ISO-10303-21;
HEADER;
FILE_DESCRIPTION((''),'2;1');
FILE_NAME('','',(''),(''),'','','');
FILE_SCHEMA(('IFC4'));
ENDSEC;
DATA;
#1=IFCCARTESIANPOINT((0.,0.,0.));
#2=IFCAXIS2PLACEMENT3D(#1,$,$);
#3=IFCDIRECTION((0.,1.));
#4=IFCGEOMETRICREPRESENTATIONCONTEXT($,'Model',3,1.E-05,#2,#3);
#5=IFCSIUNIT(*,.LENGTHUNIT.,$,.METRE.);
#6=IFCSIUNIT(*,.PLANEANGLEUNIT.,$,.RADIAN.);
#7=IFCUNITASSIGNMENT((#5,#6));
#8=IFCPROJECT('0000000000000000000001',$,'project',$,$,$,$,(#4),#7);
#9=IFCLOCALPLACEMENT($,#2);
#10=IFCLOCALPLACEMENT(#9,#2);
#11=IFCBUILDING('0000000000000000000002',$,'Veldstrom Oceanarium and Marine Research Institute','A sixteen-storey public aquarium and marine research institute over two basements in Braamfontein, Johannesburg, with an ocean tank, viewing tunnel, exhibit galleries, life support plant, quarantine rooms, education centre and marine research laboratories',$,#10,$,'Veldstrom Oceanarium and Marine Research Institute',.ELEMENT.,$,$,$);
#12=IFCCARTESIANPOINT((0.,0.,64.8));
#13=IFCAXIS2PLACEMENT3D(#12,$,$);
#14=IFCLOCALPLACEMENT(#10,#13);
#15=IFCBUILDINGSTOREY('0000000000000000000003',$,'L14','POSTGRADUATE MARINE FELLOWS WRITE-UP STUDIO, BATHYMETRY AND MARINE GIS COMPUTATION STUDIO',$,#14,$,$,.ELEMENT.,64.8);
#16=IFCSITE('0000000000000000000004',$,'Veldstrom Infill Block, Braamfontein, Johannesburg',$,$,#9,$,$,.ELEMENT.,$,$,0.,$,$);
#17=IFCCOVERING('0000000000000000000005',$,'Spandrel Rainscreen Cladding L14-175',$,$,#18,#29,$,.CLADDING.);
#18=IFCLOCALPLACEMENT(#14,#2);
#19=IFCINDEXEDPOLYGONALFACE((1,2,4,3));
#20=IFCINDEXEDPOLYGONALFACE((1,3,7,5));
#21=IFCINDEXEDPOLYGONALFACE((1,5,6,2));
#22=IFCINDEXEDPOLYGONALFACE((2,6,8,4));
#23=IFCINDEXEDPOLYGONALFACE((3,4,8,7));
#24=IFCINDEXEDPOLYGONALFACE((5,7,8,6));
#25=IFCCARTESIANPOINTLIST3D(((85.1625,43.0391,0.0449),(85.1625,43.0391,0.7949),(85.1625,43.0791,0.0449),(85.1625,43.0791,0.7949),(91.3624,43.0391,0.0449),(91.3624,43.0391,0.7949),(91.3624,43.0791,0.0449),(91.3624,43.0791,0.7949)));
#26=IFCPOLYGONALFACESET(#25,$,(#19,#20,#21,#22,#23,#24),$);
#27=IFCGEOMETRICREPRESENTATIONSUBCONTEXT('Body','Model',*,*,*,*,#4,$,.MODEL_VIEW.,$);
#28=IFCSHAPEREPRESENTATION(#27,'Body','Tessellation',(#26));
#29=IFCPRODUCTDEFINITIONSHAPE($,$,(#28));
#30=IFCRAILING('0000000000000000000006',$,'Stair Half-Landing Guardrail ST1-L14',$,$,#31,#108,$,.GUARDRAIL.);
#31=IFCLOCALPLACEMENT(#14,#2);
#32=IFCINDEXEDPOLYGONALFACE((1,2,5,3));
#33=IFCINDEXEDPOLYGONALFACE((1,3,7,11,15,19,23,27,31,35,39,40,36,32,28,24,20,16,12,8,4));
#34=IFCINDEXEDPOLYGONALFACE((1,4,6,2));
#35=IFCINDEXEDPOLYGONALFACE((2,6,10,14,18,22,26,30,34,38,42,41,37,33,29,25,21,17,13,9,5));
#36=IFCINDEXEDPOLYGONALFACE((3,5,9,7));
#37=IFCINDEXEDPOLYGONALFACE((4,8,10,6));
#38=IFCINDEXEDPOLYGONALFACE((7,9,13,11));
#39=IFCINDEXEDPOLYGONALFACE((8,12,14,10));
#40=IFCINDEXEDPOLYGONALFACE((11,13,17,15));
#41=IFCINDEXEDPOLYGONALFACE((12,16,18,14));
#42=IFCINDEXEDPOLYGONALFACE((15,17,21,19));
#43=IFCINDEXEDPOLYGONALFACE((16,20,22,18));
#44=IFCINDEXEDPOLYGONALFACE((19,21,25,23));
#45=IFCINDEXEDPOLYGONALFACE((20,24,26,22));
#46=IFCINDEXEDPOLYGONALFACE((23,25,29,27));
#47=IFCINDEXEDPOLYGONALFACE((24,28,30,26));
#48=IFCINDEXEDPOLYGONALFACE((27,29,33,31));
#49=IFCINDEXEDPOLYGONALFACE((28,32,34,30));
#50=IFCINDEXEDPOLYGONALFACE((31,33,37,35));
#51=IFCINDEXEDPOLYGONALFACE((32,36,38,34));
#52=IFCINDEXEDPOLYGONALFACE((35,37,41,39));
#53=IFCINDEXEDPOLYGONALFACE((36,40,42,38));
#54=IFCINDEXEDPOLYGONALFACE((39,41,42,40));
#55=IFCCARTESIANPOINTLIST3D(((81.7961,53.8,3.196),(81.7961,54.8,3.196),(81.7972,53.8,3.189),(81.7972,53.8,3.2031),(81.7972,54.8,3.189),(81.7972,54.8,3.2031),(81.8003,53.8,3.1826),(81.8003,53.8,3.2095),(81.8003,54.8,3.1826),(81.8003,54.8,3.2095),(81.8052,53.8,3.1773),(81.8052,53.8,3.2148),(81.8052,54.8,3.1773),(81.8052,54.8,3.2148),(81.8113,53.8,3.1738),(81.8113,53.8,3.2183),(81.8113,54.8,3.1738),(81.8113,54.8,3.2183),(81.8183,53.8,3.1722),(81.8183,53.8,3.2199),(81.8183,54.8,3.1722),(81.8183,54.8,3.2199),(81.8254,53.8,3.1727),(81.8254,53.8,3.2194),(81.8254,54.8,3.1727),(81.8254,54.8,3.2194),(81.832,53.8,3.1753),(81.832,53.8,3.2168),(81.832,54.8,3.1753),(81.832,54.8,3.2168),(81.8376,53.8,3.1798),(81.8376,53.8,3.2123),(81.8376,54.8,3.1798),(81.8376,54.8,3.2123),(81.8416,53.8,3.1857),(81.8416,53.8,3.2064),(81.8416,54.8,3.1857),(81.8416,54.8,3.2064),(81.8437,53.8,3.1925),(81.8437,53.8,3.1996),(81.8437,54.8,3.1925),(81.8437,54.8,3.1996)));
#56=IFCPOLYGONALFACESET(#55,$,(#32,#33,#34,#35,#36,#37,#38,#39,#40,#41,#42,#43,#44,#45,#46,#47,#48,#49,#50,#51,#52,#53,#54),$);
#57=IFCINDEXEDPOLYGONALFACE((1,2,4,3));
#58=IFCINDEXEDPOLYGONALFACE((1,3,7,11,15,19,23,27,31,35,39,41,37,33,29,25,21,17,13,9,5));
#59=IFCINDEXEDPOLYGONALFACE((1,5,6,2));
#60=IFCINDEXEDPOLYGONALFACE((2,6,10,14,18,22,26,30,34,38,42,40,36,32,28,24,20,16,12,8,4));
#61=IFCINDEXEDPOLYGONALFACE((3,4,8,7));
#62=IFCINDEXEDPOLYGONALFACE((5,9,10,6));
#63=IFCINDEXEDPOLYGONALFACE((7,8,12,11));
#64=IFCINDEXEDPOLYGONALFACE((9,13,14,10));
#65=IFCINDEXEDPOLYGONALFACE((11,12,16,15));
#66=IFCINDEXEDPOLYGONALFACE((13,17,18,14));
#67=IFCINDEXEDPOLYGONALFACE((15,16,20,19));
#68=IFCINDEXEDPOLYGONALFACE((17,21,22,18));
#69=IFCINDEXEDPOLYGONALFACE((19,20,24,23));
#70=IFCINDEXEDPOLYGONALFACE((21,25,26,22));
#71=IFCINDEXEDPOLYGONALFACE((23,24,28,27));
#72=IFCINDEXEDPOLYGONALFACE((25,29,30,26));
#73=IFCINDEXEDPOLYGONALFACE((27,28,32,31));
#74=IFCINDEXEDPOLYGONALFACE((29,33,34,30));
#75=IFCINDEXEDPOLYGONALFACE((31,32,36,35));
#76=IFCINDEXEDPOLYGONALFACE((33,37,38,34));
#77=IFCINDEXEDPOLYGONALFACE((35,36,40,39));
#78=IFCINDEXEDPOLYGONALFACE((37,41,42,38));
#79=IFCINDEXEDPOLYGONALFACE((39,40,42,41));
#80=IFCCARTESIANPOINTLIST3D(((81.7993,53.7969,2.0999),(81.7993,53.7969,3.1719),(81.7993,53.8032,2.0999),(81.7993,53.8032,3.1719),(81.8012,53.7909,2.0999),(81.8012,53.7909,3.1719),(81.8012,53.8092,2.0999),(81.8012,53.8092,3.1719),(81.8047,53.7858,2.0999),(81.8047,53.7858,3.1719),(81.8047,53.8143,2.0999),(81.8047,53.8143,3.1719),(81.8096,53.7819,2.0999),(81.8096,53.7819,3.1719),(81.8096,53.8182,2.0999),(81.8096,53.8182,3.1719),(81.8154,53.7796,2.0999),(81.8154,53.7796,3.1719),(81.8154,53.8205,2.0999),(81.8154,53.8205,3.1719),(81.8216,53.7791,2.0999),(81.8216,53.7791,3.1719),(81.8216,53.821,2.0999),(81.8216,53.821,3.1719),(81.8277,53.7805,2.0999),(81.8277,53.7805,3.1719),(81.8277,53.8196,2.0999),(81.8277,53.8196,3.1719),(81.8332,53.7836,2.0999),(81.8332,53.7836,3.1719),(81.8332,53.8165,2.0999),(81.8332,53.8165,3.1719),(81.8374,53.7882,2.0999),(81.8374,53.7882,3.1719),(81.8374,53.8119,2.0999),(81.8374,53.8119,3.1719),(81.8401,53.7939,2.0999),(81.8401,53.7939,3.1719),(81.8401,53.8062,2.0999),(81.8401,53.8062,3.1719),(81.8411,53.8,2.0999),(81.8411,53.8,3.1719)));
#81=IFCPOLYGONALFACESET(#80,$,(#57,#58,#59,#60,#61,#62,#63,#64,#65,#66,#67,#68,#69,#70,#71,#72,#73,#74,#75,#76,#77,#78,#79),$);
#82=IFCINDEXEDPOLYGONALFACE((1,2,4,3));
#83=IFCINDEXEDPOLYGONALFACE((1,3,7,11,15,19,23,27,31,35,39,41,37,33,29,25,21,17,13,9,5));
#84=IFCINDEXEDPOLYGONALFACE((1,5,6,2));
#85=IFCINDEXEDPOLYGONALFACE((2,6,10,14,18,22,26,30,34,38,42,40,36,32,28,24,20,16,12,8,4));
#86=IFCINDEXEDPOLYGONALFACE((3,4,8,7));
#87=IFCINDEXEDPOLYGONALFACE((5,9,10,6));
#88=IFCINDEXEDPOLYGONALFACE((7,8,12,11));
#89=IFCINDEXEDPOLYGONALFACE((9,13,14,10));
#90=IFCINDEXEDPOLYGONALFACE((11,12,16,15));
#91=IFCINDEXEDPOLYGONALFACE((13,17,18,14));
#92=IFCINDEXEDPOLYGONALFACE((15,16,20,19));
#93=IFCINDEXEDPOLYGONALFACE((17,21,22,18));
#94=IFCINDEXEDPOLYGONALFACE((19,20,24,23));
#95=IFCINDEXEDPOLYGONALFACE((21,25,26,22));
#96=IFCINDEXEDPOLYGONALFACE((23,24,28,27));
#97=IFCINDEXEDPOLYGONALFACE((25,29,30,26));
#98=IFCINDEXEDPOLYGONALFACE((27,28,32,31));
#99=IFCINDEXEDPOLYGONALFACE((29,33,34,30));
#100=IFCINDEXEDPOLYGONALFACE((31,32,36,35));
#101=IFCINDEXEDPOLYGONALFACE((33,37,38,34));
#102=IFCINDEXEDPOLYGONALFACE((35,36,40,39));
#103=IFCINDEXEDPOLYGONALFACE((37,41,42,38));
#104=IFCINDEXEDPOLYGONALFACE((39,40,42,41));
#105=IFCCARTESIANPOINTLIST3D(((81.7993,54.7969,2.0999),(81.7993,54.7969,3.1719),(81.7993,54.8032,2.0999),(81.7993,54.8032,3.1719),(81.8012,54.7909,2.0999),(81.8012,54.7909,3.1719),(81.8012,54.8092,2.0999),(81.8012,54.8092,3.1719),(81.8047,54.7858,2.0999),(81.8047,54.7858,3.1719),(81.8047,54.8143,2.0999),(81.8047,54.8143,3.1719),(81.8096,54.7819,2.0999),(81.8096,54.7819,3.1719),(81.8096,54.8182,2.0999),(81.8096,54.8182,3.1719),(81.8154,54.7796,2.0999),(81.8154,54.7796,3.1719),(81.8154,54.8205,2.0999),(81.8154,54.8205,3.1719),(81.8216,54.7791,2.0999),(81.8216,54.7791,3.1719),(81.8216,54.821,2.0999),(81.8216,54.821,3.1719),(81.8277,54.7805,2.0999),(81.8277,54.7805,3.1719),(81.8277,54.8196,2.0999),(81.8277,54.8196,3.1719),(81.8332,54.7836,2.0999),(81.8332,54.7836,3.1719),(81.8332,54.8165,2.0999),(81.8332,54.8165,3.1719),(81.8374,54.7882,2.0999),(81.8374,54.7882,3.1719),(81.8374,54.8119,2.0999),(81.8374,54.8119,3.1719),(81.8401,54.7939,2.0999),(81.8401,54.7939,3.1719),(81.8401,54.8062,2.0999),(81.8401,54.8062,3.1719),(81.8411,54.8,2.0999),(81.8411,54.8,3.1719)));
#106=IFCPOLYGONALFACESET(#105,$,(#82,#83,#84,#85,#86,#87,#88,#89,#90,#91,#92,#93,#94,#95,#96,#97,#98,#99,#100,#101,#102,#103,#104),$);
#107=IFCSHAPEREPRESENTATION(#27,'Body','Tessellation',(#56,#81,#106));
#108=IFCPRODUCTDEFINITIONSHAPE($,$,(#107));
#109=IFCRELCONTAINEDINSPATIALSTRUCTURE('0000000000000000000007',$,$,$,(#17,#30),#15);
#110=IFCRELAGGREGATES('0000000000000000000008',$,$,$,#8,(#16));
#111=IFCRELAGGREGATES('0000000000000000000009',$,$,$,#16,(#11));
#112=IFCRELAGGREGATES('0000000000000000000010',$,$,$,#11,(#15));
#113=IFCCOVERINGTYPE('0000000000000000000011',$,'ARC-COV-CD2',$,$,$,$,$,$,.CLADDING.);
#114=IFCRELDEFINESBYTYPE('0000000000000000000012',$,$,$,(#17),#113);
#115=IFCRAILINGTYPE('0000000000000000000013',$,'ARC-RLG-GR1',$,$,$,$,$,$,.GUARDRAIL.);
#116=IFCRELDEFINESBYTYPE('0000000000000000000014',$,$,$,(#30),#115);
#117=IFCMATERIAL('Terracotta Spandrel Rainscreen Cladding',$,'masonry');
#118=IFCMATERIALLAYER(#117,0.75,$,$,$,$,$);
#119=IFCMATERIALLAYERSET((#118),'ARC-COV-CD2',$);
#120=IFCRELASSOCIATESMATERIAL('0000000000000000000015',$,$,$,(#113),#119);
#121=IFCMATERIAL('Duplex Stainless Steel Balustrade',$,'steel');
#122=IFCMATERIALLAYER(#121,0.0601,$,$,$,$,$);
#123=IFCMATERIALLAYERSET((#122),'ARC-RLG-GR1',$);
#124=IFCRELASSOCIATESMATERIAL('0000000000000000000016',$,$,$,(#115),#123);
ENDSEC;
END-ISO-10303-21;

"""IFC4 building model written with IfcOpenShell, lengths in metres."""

from ifc_helpers import new_model, si_unit, direction, frame, origin, origin_2d, place, context, subcontext, project, spatial, rectangle, circle, extrude, material, layer, layer_set, type_object, element, save


model = new_model("IFC4")

# Units and contexts
model_context = context("Model", 3, precision=1e-05, world=origin(), true_north=direction((0.0, 1.0)))
body_context = subcontext(model_context, "Body", "Model", "MODEL_VIEW")
ifc_project = project(units=[si_unit("LENGTHUNIT", "METRE"), si_unit("PLANEANGLEUNIT", "RADIAN")], contexts=[model_context])

# Site, building, storey
site_placement = place(None, origin())
site = spatial("IfcSite", under=ifc_project, at=site_placement, Name="Veldstrom Infill Block, Braamfontein, Johannesburg", CompositionType="ELEMENT", RefElevation=0.0)
building_placement = place(site_placement, origin())
building = spatial("IfcBuilding", under=site, at=building_placement, Name="Veldstrom Oceanarium and Marine Research Institute", Description="A sixteen-storey public aquarium and marine research institute over two basements in Braamfontein, Johannesburg, with an ocean tank, viewing tunnel, exhibit galleries, life support plant, quarantine rooms, education centre and marine research laboratories", LongName="Veldstrom Oceanarium and Marine Research Institute", CompositionType="ELEMENT")
storey_placement = place(building_placement, frame((0.0, 0.0, 64.8)))
storey = spatial("IfcBuildingStorey", under=building, at=storey_placement, Name="L14", Description="POSTGRADUATE MARINE FELLOWS WRITE-UP STUDIO, BATHYMETRY AND MARINE GIS COMPUTATION STUDIO", CompositionType="ELEMENT", Elevation=64.8)

# Covering
ifc_material_1 = material(Name="Terracotta Spandrel Rainscreen Cladding", Category="masonry")
ifc_layer_1 = layer(ifc_material_1, 0.75)
ifc_layer_set_1 = layer_set([ifc_layer_1], Name="ARC-COV-CD2")
covering_type = type_object("IfcCoveringType", Name="ARC-COV-CD2", PredefinedType="CLADDING", material=ifc_layer_set_1)
covering_placement = place(storey_placement, frame((88.2625, 43.0591, 0.0449), z_axis=(0.0, 0.0, 1.0), x_axis=(1.0, 0.0, 0.0)))
element("IfcCovering", 1, at=covering_placement, inside=storey, type_object=covering_type, Name="Spandrel Rainscreen Cladding L14-175", PredefinedType="CLADDING", context=body_context, shape_type="SweptSolid", body=[
    extrude(rectangle(XDim=6.2, YDim=0.04, at=origin_2d()), origin(), (0.0, 0.0, 1.0), 0.75),
])

# Railing
ifc_material_2 = material(Name="Duplex Stainless Steel Balustrade", Category="steel")
ifc_layer_2 = layer(ifc_material_2, 0.0601)
ifc_layer_set_2 = layer_set([ifc_layer_2], Name="ARC-RLG-GR1")
railing_type_1 = type_object("IfcRailingType", Name="ARC-RLG-GR1", PredefinedType="GUARDRAIL", material=ifc_layer_set_2)
railing_1_placement = place(storey_placement, frame((81.8201, 53.8, 2.0999)))
element("IfcRailing", 2, at=railing_1_placement, inside=storey, type_object=railing_type_1, Name="Stair Half-Landing Guardrail ST1-L14", PredefinedType="GUARDRAIL", context=body_context, shape_type="SweptSolid", body=[
    extrude(circle(Radius=0.0239, at=origin_2d()), frame((0.0, 0.0, 1.0962), z_axis=(0.0, 1.0, 0.0), x_axis=(-1.0, 0.0, 0.0)), (0.0, 0.0, 1.0), 1.0),
    extrude(circle(Radius=0.021, at=origin_2d()), origin(), (0.0, 0.0, 1.0), 1.072),
    extrude(circle(Radius=0.021, at=origin_2d()), frame((0.0, 1.0, 0.0)), (0.0, 0.0, 1.0), 1.072),
])

save(model, "model.ifc")
